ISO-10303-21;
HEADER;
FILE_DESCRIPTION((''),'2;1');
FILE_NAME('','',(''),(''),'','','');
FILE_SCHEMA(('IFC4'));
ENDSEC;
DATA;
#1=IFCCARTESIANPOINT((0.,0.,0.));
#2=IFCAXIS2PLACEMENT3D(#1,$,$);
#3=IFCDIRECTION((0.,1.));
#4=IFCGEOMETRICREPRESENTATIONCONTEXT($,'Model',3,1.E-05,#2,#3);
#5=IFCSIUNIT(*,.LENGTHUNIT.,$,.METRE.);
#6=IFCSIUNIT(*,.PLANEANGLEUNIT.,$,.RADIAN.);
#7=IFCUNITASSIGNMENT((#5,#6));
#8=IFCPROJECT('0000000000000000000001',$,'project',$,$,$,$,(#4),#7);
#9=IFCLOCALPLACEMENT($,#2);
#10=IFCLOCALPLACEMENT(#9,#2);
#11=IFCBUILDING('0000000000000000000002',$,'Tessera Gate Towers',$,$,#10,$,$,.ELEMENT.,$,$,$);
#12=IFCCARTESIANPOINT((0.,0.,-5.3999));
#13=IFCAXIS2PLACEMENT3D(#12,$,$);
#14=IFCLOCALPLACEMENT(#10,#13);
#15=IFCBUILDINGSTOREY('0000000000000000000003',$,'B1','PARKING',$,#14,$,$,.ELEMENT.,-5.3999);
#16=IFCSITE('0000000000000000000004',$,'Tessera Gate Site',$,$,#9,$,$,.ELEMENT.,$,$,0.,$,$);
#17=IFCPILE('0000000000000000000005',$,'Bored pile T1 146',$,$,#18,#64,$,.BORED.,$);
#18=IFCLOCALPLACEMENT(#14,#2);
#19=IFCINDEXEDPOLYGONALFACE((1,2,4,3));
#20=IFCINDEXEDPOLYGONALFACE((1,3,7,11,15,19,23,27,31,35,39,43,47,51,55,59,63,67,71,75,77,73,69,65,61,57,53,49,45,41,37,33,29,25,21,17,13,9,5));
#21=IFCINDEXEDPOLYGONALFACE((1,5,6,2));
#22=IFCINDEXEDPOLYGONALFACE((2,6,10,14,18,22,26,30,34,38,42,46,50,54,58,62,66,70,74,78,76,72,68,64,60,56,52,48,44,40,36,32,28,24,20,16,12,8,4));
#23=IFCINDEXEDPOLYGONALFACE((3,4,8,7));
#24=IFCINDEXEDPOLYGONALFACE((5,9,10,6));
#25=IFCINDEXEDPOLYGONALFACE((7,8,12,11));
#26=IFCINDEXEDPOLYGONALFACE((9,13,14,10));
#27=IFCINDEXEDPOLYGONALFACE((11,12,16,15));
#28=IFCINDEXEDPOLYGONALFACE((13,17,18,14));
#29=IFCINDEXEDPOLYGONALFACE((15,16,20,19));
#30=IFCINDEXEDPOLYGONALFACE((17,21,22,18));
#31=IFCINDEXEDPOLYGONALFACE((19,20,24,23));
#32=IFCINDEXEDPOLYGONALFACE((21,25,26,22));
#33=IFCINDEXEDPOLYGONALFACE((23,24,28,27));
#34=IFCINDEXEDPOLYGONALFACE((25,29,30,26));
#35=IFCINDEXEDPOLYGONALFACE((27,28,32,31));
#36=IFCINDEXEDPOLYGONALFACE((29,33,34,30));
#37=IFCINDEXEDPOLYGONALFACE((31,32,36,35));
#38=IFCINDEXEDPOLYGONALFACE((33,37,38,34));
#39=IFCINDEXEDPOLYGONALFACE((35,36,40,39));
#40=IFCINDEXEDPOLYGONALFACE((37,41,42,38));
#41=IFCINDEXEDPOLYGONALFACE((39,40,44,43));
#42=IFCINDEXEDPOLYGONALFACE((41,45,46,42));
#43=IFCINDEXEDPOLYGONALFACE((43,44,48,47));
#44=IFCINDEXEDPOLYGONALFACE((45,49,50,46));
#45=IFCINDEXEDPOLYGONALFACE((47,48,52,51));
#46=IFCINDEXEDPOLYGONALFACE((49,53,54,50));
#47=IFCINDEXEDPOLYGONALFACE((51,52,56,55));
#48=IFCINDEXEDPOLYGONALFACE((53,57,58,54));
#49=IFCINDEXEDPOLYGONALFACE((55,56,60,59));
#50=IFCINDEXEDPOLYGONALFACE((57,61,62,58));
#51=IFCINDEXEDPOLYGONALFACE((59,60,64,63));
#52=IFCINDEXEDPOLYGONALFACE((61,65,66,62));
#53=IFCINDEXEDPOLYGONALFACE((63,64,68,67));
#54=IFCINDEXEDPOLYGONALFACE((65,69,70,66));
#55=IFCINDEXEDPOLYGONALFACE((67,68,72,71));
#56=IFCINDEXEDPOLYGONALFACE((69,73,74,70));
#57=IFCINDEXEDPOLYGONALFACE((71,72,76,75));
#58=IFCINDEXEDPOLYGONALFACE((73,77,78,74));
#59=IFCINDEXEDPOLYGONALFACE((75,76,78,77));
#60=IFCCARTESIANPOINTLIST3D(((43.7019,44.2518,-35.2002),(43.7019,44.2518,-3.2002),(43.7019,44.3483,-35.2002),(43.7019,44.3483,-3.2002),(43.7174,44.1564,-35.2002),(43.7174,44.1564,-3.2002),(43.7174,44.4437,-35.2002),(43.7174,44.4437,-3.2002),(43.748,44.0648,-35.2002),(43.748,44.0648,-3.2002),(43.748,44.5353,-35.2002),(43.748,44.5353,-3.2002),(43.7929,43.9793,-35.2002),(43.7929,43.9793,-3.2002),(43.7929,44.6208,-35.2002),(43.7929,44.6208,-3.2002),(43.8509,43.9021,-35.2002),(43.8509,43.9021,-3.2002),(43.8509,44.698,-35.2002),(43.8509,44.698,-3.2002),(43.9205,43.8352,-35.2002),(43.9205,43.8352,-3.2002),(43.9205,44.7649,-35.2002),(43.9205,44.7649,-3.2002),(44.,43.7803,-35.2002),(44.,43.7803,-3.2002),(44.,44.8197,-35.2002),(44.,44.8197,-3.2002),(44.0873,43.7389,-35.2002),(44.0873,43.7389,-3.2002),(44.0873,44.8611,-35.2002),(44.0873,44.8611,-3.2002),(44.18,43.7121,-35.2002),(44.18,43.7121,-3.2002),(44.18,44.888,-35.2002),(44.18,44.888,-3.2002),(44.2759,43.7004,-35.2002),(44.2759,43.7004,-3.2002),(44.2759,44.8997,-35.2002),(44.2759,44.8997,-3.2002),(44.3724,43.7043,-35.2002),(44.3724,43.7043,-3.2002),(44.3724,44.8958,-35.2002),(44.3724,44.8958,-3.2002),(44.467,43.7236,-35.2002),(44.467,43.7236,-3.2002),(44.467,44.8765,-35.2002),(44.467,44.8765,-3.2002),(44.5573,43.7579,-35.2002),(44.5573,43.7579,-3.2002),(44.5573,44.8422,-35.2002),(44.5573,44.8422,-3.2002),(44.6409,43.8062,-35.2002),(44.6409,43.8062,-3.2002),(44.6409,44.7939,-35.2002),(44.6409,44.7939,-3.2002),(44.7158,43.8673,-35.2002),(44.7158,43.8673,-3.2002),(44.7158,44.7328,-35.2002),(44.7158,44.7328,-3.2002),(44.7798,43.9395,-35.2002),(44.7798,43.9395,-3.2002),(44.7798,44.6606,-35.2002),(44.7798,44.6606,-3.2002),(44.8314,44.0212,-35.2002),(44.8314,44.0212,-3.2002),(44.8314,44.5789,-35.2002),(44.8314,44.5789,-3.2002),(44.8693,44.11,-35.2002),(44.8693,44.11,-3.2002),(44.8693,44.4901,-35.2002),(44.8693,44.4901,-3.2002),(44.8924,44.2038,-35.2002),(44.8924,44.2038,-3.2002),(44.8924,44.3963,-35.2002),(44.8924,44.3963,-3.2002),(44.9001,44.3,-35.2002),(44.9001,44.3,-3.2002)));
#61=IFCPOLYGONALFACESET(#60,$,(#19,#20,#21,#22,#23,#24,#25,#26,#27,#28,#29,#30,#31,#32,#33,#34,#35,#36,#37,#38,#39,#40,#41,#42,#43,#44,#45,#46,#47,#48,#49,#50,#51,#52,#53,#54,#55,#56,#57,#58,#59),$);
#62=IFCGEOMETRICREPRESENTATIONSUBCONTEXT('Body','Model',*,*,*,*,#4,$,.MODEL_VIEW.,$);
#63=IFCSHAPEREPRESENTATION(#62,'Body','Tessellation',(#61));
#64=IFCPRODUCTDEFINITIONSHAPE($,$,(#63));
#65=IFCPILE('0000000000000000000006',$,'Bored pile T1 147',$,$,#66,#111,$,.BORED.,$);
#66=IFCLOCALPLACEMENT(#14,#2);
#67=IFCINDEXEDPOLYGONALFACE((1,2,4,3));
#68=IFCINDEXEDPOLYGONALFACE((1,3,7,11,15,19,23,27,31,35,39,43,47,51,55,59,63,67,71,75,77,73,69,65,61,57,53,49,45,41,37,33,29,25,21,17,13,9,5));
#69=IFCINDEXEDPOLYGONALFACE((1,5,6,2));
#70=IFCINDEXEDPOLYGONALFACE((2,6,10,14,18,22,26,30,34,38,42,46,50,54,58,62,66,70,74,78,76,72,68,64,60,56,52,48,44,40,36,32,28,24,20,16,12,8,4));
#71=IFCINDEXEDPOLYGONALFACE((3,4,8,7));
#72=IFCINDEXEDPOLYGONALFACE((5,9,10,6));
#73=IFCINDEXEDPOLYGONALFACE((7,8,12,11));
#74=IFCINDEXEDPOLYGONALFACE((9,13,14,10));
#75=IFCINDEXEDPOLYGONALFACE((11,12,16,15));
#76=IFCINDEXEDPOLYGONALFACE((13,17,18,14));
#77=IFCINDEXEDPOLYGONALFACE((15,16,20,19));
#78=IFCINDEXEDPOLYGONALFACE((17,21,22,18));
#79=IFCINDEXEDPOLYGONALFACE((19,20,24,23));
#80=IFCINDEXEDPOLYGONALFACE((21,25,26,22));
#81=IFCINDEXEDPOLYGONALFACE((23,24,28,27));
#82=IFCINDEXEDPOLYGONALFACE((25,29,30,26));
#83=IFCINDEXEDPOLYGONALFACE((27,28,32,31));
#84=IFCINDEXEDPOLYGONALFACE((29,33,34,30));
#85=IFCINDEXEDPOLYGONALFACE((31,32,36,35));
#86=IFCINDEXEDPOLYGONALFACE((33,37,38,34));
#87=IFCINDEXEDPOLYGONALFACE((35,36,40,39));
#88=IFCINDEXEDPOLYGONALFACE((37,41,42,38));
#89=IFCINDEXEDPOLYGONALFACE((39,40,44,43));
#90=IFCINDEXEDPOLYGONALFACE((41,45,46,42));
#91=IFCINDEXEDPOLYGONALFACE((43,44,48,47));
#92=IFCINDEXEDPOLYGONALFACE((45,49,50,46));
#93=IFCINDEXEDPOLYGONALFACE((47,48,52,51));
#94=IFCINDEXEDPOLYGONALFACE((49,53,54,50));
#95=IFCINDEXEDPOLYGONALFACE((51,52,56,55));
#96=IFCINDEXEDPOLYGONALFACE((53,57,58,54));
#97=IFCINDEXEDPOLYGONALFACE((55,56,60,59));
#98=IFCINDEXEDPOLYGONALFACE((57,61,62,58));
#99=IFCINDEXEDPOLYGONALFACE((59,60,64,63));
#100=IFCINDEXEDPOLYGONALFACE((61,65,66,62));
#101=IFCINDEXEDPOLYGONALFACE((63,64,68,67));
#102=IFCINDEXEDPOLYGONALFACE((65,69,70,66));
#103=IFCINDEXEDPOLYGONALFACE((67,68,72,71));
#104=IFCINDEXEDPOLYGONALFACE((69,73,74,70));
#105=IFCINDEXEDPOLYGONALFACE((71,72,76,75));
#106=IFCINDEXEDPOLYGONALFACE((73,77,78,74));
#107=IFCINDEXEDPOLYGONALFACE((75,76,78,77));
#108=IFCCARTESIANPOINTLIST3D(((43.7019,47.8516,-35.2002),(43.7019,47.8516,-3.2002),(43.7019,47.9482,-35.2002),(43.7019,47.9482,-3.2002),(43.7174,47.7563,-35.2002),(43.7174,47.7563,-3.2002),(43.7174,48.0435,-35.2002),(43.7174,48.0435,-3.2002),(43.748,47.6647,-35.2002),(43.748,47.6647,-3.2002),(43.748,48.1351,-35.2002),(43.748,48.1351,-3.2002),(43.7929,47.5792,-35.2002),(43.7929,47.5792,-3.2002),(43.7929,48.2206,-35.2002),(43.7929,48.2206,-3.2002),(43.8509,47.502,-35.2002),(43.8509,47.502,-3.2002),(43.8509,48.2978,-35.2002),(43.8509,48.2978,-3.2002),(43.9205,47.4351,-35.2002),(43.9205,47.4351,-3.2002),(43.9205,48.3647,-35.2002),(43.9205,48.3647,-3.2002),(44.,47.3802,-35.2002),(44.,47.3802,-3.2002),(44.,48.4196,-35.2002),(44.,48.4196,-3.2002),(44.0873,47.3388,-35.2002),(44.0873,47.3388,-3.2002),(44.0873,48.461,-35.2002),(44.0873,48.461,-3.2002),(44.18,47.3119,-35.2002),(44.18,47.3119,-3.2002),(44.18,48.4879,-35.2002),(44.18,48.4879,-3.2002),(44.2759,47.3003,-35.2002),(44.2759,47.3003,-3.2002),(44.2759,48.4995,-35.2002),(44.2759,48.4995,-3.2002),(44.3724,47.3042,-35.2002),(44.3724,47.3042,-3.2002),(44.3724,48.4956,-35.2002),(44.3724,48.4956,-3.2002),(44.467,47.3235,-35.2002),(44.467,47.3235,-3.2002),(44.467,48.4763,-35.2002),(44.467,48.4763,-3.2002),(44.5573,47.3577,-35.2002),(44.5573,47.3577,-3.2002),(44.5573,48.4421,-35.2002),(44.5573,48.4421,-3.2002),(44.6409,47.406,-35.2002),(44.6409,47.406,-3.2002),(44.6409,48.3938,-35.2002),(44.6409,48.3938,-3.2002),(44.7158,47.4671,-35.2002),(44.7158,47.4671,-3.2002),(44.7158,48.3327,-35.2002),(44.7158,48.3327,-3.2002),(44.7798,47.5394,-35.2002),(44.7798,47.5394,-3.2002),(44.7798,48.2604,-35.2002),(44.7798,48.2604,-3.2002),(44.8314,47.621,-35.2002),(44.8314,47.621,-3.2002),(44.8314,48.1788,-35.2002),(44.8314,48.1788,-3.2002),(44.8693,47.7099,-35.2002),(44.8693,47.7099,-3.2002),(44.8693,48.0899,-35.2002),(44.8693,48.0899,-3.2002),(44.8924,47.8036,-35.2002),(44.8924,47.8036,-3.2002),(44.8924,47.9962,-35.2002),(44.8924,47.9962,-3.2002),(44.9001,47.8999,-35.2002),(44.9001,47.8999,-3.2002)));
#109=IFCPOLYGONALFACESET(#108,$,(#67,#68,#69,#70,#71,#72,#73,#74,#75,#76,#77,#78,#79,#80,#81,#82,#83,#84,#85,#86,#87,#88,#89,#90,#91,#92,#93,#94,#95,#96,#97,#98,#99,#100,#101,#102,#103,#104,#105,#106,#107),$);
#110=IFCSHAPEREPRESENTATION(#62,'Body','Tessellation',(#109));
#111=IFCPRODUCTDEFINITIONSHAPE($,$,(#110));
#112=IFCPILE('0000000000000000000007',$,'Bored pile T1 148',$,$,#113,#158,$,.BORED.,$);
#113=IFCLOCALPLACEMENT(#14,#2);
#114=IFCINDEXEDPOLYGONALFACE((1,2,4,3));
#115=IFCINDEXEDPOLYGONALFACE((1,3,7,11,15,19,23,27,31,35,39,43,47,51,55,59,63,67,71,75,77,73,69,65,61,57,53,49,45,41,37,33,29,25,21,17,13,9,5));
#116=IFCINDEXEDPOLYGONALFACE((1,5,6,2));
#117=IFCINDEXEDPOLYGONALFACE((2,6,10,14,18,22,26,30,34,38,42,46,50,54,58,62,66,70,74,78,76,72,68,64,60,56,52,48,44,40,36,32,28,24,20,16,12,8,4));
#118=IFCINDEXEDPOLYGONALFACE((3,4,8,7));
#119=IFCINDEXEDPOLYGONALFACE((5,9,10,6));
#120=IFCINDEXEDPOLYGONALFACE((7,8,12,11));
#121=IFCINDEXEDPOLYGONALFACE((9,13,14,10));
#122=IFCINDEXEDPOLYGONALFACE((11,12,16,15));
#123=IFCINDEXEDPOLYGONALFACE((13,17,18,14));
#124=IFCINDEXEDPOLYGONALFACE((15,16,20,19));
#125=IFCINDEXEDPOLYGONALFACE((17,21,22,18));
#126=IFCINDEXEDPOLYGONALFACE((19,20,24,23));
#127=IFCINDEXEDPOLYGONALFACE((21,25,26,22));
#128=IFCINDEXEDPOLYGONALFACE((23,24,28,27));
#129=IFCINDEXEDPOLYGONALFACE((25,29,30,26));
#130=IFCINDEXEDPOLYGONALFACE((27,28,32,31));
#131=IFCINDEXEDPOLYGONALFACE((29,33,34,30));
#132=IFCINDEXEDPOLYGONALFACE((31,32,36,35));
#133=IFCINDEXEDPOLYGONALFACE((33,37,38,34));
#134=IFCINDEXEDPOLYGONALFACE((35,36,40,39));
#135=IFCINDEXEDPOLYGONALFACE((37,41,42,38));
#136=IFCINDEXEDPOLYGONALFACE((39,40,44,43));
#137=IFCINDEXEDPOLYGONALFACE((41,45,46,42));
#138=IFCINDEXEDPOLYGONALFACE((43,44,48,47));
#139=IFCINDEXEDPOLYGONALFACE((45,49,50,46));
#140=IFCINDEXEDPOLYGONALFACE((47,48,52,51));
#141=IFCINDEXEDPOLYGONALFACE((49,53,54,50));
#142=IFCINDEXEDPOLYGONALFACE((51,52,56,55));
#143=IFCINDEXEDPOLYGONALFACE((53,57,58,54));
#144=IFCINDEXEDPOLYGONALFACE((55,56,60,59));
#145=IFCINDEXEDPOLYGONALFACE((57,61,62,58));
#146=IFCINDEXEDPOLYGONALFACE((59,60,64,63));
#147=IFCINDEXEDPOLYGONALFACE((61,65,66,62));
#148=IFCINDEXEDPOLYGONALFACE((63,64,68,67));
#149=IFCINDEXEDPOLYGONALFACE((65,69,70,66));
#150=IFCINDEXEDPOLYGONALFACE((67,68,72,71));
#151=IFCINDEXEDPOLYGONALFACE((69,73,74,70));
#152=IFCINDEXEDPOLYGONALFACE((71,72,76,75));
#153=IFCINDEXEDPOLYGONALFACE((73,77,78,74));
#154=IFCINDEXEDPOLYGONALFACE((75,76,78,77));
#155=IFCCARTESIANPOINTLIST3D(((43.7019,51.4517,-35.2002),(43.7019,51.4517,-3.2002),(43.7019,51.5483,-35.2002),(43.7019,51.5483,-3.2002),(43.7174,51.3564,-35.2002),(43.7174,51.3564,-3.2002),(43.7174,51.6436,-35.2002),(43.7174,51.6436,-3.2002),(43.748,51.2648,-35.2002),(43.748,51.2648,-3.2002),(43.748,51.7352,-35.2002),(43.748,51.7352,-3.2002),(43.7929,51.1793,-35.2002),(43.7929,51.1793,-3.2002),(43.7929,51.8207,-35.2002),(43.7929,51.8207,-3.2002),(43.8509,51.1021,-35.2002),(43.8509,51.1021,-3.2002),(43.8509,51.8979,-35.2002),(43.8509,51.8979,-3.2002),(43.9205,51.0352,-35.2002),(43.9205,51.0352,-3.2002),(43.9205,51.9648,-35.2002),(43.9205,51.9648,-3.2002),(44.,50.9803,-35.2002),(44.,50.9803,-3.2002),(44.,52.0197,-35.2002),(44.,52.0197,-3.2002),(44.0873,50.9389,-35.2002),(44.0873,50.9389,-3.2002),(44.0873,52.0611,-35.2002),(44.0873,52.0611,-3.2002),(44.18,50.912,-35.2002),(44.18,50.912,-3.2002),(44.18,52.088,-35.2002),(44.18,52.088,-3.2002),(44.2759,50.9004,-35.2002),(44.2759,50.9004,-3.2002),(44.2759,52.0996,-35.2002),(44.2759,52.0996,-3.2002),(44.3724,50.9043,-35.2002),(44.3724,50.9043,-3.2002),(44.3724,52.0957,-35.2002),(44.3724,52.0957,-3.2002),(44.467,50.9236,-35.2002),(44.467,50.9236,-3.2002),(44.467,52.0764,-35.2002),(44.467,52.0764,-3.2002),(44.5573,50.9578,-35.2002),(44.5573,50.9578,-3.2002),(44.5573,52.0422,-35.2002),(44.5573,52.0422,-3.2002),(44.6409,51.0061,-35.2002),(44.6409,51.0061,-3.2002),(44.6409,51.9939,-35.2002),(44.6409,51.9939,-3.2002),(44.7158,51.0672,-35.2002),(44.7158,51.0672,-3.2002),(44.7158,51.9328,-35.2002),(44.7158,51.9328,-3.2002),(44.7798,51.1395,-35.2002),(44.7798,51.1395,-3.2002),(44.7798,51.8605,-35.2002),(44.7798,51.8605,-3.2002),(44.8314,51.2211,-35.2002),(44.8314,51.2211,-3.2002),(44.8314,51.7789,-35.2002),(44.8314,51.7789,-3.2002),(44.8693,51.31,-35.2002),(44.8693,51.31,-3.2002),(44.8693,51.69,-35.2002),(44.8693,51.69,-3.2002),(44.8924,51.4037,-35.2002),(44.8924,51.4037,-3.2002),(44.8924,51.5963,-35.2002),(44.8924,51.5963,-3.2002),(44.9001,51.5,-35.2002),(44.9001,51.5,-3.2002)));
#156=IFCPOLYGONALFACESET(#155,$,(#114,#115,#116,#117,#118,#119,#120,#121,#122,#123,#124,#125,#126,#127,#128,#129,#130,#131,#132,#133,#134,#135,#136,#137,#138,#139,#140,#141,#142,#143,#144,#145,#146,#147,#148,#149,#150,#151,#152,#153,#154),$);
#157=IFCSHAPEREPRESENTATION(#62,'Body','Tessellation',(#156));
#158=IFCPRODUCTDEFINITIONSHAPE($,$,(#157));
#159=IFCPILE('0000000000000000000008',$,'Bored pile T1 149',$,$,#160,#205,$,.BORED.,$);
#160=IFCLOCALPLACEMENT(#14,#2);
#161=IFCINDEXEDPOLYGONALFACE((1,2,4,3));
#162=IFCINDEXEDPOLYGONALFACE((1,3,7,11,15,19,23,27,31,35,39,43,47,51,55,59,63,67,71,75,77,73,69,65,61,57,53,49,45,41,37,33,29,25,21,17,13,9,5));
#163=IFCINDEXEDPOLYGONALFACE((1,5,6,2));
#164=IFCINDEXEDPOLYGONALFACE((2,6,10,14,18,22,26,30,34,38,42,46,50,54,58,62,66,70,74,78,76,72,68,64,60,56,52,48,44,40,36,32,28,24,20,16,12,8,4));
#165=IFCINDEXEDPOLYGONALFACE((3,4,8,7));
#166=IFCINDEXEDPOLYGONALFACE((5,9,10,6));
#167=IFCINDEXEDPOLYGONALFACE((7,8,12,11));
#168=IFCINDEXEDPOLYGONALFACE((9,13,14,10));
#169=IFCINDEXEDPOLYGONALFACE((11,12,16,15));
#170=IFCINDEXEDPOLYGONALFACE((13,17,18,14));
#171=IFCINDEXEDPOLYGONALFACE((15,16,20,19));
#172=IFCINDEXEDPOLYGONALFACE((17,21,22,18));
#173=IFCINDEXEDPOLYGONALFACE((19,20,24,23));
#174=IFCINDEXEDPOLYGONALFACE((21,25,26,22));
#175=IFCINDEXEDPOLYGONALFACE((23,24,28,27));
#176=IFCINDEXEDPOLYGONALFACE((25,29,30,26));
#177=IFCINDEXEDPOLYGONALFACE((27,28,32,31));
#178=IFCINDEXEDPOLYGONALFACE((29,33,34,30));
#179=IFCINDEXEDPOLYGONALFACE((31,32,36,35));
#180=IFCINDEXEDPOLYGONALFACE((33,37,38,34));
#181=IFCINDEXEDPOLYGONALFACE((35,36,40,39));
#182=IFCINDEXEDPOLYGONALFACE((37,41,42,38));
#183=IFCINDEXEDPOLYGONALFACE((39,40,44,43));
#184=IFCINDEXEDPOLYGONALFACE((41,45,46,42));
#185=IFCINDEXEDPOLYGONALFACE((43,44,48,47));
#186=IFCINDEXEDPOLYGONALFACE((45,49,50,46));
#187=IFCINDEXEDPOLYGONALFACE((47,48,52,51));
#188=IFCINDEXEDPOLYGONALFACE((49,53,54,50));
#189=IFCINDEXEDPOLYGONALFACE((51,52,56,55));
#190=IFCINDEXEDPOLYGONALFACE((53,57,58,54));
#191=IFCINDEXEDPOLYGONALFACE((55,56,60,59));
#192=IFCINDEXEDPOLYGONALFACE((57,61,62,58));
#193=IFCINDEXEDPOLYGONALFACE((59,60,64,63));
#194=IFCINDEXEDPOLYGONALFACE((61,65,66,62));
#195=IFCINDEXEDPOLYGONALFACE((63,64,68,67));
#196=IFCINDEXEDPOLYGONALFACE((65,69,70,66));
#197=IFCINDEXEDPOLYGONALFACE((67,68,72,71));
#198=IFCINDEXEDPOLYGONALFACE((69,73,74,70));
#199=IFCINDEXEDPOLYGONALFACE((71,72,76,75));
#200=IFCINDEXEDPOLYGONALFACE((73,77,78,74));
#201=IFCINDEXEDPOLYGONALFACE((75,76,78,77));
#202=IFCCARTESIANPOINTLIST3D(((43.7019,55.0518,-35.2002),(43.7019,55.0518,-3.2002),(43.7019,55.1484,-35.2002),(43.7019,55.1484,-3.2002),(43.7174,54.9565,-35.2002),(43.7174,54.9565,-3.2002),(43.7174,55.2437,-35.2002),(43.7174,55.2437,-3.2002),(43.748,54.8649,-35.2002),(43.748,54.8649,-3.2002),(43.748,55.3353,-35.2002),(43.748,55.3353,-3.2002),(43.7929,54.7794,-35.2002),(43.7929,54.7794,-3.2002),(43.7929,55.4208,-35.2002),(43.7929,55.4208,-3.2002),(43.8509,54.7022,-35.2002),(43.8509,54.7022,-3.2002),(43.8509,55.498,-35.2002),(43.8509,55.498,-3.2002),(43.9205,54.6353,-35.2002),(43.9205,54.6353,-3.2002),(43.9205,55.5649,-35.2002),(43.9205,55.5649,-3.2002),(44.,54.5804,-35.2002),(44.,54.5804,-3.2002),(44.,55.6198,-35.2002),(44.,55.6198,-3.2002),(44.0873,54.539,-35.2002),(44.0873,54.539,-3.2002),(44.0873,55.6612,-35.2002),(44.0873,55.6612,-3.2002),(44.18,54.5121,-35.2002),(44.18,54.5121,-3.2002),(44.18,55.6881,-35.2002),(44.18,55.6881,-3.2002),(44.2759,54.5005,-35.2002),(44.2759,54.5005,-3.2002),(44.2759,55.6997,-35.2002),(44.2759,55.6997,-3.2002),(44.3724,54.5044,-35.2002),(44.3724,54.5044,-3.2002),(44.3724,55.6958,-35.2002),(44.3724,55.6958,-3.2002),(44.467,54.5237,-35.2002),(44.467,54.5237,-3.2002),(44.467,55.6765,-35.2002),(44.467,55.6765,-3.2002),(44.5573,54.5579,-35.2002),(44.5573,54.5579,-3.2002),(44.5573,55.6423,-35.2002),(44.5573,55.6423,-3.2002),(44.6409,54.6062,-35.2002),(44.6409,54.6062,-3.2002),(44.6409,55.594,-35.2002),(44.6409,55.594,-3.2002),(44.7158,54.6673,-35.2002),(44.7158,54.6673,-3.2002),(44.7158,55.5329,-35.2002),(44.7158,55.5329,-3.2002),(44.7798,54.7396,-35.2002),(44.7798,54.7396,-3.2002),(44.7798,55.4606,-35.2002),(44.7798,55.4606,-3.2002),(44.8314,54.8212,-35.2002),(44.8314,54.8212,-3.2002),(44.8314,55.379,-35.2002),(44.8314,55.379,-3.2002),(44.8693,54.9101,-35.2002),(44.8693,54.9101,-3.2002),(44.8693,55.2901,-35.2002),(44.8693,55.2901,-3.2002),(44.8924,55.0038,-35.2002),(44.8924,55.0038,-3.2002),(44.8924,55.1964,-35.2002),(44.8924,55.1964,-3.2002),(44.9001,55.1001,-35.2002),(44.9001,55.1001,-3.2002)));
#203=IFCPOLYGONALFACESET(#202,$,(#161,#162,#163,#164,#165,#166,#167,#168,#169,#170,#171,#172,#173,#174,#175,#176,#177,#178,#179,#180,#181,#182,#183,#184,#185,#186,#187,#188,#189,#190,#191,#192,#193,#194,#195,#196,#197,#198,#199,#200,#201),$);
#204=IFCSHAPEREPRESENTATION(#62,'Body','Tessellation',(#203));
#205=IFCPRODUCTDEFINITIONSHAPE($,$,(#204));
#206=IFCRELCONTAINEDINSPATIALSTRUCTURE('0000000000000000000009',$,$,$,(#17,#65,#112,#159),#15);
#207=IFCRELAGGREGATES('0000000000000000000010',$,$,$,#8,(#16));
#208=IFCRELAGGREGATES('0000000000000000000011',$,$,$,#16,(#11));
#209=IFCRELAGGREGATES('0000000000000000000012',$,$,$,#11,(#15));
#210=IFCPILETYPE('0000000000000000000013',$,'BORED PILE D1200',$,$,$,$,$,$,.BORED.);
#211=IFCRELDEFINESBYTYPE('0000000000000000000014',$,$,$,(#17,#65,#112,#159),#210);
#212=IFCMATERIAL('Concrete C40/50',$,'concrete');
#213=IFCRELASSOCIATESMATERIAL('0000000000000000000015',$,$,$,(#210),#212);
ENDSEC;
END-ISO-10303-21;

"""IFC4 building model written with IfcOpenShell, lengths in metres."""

from ifc_helpers import new_model, si_unit, direction, frame, origin, origin_2d, place, context, subcontext, project, spatial, circle, extrude, material, material_profile, profile_set, type_object, element, save


model = new_model("IFC4")

# Units and contexts
model_context = context("Model", 3, precision=1e-05, world=origin(), true_north=direction((0.0, 1.0)))
body_context = subcontext(model_context, "Body", "Model", "MODEL_VIEW")
ifc_project = project(units=[si_unit("LENGTHUNIT", "METRE"), si_unit("PLANEANGLEUNIT", "RADIAN")], contexts=[model_context])

# Site, building, storey
site_placement = place(None, origin())
site = spatial("IfcSite", under=ifc_project, at=site_placement, Name="Tessera Gate Site", CompositionType="ELEMENT", RefElevation=0.0)
building_placement = place(site_placement, origin())
building = spatial("IfcBuilding", under=site, at=building_placement, Name="Tessera Gate Towers", CompositionType="ELEMENT")
storey_placement = place(building_placement, frame((0.0, 0.0, -5.3999)))
storey = spatial("IfcBuildingStorey", under=building, at=storey_placement, Name="B1", Description="PARKING", CompositionType="ELEMENT", Elevation=-5.3999)

# Piles
ifc_material_1 = material(Name="Concrete C40/50", Category="concrete")
ifc_material_profile_1 = material_profile(ifc_material_1, circle(Radius=0.6001, at=origin_2d()), Name="BORED PILE D1200")
ifc_profile_set_1 = profile_set([ifc_material_profile_1], Name="Concrete C40/50")
pile_type = type_object("IfcPileType", Name="BORED PILE D1200", PredefinedType="BORED", material=ifc_profile_set_1)
for number, where, z_axis, x_axis, name in (
    (1, (44.3, 44.3, -3.2002), (0.0, 0.0, -1.0), (1.0, 0.0, 0.0), "Bored pile T1 146"),
    (2, (44.3, 47.8999, -3.2002), (0.0, 0.0, -1.0), (1.0, 0.0, 0.0), "Bored pile T1 147"),
    (3, (44.3, 51.5, -3.2002), (0.0, 0.0, -1.0), (1.0, 0.0, 0.0), "Bored pile T1 148"),
    (4, (44.3, 55.1001, -3.2002), (0.0, 0.0, -1.0), (1.0, 0.0, 0.0), "Bored pile T1 149"),
):
    element("IfcPile", number, at=place(storey_placement, frame(where, z_axis=z_axis, x_axis=x_axis)), inside=storey, type_object=pile_type, Name=name, PredefinedType="BORED", context=body_context, shape_type="SweptSolid", body=[
        extrude(circle(Radius=0.6001, at=origin_2d()), origin(), (0.0, 0.0, 1.0), 32.0),
    ])

save(model, "model.ifc")
